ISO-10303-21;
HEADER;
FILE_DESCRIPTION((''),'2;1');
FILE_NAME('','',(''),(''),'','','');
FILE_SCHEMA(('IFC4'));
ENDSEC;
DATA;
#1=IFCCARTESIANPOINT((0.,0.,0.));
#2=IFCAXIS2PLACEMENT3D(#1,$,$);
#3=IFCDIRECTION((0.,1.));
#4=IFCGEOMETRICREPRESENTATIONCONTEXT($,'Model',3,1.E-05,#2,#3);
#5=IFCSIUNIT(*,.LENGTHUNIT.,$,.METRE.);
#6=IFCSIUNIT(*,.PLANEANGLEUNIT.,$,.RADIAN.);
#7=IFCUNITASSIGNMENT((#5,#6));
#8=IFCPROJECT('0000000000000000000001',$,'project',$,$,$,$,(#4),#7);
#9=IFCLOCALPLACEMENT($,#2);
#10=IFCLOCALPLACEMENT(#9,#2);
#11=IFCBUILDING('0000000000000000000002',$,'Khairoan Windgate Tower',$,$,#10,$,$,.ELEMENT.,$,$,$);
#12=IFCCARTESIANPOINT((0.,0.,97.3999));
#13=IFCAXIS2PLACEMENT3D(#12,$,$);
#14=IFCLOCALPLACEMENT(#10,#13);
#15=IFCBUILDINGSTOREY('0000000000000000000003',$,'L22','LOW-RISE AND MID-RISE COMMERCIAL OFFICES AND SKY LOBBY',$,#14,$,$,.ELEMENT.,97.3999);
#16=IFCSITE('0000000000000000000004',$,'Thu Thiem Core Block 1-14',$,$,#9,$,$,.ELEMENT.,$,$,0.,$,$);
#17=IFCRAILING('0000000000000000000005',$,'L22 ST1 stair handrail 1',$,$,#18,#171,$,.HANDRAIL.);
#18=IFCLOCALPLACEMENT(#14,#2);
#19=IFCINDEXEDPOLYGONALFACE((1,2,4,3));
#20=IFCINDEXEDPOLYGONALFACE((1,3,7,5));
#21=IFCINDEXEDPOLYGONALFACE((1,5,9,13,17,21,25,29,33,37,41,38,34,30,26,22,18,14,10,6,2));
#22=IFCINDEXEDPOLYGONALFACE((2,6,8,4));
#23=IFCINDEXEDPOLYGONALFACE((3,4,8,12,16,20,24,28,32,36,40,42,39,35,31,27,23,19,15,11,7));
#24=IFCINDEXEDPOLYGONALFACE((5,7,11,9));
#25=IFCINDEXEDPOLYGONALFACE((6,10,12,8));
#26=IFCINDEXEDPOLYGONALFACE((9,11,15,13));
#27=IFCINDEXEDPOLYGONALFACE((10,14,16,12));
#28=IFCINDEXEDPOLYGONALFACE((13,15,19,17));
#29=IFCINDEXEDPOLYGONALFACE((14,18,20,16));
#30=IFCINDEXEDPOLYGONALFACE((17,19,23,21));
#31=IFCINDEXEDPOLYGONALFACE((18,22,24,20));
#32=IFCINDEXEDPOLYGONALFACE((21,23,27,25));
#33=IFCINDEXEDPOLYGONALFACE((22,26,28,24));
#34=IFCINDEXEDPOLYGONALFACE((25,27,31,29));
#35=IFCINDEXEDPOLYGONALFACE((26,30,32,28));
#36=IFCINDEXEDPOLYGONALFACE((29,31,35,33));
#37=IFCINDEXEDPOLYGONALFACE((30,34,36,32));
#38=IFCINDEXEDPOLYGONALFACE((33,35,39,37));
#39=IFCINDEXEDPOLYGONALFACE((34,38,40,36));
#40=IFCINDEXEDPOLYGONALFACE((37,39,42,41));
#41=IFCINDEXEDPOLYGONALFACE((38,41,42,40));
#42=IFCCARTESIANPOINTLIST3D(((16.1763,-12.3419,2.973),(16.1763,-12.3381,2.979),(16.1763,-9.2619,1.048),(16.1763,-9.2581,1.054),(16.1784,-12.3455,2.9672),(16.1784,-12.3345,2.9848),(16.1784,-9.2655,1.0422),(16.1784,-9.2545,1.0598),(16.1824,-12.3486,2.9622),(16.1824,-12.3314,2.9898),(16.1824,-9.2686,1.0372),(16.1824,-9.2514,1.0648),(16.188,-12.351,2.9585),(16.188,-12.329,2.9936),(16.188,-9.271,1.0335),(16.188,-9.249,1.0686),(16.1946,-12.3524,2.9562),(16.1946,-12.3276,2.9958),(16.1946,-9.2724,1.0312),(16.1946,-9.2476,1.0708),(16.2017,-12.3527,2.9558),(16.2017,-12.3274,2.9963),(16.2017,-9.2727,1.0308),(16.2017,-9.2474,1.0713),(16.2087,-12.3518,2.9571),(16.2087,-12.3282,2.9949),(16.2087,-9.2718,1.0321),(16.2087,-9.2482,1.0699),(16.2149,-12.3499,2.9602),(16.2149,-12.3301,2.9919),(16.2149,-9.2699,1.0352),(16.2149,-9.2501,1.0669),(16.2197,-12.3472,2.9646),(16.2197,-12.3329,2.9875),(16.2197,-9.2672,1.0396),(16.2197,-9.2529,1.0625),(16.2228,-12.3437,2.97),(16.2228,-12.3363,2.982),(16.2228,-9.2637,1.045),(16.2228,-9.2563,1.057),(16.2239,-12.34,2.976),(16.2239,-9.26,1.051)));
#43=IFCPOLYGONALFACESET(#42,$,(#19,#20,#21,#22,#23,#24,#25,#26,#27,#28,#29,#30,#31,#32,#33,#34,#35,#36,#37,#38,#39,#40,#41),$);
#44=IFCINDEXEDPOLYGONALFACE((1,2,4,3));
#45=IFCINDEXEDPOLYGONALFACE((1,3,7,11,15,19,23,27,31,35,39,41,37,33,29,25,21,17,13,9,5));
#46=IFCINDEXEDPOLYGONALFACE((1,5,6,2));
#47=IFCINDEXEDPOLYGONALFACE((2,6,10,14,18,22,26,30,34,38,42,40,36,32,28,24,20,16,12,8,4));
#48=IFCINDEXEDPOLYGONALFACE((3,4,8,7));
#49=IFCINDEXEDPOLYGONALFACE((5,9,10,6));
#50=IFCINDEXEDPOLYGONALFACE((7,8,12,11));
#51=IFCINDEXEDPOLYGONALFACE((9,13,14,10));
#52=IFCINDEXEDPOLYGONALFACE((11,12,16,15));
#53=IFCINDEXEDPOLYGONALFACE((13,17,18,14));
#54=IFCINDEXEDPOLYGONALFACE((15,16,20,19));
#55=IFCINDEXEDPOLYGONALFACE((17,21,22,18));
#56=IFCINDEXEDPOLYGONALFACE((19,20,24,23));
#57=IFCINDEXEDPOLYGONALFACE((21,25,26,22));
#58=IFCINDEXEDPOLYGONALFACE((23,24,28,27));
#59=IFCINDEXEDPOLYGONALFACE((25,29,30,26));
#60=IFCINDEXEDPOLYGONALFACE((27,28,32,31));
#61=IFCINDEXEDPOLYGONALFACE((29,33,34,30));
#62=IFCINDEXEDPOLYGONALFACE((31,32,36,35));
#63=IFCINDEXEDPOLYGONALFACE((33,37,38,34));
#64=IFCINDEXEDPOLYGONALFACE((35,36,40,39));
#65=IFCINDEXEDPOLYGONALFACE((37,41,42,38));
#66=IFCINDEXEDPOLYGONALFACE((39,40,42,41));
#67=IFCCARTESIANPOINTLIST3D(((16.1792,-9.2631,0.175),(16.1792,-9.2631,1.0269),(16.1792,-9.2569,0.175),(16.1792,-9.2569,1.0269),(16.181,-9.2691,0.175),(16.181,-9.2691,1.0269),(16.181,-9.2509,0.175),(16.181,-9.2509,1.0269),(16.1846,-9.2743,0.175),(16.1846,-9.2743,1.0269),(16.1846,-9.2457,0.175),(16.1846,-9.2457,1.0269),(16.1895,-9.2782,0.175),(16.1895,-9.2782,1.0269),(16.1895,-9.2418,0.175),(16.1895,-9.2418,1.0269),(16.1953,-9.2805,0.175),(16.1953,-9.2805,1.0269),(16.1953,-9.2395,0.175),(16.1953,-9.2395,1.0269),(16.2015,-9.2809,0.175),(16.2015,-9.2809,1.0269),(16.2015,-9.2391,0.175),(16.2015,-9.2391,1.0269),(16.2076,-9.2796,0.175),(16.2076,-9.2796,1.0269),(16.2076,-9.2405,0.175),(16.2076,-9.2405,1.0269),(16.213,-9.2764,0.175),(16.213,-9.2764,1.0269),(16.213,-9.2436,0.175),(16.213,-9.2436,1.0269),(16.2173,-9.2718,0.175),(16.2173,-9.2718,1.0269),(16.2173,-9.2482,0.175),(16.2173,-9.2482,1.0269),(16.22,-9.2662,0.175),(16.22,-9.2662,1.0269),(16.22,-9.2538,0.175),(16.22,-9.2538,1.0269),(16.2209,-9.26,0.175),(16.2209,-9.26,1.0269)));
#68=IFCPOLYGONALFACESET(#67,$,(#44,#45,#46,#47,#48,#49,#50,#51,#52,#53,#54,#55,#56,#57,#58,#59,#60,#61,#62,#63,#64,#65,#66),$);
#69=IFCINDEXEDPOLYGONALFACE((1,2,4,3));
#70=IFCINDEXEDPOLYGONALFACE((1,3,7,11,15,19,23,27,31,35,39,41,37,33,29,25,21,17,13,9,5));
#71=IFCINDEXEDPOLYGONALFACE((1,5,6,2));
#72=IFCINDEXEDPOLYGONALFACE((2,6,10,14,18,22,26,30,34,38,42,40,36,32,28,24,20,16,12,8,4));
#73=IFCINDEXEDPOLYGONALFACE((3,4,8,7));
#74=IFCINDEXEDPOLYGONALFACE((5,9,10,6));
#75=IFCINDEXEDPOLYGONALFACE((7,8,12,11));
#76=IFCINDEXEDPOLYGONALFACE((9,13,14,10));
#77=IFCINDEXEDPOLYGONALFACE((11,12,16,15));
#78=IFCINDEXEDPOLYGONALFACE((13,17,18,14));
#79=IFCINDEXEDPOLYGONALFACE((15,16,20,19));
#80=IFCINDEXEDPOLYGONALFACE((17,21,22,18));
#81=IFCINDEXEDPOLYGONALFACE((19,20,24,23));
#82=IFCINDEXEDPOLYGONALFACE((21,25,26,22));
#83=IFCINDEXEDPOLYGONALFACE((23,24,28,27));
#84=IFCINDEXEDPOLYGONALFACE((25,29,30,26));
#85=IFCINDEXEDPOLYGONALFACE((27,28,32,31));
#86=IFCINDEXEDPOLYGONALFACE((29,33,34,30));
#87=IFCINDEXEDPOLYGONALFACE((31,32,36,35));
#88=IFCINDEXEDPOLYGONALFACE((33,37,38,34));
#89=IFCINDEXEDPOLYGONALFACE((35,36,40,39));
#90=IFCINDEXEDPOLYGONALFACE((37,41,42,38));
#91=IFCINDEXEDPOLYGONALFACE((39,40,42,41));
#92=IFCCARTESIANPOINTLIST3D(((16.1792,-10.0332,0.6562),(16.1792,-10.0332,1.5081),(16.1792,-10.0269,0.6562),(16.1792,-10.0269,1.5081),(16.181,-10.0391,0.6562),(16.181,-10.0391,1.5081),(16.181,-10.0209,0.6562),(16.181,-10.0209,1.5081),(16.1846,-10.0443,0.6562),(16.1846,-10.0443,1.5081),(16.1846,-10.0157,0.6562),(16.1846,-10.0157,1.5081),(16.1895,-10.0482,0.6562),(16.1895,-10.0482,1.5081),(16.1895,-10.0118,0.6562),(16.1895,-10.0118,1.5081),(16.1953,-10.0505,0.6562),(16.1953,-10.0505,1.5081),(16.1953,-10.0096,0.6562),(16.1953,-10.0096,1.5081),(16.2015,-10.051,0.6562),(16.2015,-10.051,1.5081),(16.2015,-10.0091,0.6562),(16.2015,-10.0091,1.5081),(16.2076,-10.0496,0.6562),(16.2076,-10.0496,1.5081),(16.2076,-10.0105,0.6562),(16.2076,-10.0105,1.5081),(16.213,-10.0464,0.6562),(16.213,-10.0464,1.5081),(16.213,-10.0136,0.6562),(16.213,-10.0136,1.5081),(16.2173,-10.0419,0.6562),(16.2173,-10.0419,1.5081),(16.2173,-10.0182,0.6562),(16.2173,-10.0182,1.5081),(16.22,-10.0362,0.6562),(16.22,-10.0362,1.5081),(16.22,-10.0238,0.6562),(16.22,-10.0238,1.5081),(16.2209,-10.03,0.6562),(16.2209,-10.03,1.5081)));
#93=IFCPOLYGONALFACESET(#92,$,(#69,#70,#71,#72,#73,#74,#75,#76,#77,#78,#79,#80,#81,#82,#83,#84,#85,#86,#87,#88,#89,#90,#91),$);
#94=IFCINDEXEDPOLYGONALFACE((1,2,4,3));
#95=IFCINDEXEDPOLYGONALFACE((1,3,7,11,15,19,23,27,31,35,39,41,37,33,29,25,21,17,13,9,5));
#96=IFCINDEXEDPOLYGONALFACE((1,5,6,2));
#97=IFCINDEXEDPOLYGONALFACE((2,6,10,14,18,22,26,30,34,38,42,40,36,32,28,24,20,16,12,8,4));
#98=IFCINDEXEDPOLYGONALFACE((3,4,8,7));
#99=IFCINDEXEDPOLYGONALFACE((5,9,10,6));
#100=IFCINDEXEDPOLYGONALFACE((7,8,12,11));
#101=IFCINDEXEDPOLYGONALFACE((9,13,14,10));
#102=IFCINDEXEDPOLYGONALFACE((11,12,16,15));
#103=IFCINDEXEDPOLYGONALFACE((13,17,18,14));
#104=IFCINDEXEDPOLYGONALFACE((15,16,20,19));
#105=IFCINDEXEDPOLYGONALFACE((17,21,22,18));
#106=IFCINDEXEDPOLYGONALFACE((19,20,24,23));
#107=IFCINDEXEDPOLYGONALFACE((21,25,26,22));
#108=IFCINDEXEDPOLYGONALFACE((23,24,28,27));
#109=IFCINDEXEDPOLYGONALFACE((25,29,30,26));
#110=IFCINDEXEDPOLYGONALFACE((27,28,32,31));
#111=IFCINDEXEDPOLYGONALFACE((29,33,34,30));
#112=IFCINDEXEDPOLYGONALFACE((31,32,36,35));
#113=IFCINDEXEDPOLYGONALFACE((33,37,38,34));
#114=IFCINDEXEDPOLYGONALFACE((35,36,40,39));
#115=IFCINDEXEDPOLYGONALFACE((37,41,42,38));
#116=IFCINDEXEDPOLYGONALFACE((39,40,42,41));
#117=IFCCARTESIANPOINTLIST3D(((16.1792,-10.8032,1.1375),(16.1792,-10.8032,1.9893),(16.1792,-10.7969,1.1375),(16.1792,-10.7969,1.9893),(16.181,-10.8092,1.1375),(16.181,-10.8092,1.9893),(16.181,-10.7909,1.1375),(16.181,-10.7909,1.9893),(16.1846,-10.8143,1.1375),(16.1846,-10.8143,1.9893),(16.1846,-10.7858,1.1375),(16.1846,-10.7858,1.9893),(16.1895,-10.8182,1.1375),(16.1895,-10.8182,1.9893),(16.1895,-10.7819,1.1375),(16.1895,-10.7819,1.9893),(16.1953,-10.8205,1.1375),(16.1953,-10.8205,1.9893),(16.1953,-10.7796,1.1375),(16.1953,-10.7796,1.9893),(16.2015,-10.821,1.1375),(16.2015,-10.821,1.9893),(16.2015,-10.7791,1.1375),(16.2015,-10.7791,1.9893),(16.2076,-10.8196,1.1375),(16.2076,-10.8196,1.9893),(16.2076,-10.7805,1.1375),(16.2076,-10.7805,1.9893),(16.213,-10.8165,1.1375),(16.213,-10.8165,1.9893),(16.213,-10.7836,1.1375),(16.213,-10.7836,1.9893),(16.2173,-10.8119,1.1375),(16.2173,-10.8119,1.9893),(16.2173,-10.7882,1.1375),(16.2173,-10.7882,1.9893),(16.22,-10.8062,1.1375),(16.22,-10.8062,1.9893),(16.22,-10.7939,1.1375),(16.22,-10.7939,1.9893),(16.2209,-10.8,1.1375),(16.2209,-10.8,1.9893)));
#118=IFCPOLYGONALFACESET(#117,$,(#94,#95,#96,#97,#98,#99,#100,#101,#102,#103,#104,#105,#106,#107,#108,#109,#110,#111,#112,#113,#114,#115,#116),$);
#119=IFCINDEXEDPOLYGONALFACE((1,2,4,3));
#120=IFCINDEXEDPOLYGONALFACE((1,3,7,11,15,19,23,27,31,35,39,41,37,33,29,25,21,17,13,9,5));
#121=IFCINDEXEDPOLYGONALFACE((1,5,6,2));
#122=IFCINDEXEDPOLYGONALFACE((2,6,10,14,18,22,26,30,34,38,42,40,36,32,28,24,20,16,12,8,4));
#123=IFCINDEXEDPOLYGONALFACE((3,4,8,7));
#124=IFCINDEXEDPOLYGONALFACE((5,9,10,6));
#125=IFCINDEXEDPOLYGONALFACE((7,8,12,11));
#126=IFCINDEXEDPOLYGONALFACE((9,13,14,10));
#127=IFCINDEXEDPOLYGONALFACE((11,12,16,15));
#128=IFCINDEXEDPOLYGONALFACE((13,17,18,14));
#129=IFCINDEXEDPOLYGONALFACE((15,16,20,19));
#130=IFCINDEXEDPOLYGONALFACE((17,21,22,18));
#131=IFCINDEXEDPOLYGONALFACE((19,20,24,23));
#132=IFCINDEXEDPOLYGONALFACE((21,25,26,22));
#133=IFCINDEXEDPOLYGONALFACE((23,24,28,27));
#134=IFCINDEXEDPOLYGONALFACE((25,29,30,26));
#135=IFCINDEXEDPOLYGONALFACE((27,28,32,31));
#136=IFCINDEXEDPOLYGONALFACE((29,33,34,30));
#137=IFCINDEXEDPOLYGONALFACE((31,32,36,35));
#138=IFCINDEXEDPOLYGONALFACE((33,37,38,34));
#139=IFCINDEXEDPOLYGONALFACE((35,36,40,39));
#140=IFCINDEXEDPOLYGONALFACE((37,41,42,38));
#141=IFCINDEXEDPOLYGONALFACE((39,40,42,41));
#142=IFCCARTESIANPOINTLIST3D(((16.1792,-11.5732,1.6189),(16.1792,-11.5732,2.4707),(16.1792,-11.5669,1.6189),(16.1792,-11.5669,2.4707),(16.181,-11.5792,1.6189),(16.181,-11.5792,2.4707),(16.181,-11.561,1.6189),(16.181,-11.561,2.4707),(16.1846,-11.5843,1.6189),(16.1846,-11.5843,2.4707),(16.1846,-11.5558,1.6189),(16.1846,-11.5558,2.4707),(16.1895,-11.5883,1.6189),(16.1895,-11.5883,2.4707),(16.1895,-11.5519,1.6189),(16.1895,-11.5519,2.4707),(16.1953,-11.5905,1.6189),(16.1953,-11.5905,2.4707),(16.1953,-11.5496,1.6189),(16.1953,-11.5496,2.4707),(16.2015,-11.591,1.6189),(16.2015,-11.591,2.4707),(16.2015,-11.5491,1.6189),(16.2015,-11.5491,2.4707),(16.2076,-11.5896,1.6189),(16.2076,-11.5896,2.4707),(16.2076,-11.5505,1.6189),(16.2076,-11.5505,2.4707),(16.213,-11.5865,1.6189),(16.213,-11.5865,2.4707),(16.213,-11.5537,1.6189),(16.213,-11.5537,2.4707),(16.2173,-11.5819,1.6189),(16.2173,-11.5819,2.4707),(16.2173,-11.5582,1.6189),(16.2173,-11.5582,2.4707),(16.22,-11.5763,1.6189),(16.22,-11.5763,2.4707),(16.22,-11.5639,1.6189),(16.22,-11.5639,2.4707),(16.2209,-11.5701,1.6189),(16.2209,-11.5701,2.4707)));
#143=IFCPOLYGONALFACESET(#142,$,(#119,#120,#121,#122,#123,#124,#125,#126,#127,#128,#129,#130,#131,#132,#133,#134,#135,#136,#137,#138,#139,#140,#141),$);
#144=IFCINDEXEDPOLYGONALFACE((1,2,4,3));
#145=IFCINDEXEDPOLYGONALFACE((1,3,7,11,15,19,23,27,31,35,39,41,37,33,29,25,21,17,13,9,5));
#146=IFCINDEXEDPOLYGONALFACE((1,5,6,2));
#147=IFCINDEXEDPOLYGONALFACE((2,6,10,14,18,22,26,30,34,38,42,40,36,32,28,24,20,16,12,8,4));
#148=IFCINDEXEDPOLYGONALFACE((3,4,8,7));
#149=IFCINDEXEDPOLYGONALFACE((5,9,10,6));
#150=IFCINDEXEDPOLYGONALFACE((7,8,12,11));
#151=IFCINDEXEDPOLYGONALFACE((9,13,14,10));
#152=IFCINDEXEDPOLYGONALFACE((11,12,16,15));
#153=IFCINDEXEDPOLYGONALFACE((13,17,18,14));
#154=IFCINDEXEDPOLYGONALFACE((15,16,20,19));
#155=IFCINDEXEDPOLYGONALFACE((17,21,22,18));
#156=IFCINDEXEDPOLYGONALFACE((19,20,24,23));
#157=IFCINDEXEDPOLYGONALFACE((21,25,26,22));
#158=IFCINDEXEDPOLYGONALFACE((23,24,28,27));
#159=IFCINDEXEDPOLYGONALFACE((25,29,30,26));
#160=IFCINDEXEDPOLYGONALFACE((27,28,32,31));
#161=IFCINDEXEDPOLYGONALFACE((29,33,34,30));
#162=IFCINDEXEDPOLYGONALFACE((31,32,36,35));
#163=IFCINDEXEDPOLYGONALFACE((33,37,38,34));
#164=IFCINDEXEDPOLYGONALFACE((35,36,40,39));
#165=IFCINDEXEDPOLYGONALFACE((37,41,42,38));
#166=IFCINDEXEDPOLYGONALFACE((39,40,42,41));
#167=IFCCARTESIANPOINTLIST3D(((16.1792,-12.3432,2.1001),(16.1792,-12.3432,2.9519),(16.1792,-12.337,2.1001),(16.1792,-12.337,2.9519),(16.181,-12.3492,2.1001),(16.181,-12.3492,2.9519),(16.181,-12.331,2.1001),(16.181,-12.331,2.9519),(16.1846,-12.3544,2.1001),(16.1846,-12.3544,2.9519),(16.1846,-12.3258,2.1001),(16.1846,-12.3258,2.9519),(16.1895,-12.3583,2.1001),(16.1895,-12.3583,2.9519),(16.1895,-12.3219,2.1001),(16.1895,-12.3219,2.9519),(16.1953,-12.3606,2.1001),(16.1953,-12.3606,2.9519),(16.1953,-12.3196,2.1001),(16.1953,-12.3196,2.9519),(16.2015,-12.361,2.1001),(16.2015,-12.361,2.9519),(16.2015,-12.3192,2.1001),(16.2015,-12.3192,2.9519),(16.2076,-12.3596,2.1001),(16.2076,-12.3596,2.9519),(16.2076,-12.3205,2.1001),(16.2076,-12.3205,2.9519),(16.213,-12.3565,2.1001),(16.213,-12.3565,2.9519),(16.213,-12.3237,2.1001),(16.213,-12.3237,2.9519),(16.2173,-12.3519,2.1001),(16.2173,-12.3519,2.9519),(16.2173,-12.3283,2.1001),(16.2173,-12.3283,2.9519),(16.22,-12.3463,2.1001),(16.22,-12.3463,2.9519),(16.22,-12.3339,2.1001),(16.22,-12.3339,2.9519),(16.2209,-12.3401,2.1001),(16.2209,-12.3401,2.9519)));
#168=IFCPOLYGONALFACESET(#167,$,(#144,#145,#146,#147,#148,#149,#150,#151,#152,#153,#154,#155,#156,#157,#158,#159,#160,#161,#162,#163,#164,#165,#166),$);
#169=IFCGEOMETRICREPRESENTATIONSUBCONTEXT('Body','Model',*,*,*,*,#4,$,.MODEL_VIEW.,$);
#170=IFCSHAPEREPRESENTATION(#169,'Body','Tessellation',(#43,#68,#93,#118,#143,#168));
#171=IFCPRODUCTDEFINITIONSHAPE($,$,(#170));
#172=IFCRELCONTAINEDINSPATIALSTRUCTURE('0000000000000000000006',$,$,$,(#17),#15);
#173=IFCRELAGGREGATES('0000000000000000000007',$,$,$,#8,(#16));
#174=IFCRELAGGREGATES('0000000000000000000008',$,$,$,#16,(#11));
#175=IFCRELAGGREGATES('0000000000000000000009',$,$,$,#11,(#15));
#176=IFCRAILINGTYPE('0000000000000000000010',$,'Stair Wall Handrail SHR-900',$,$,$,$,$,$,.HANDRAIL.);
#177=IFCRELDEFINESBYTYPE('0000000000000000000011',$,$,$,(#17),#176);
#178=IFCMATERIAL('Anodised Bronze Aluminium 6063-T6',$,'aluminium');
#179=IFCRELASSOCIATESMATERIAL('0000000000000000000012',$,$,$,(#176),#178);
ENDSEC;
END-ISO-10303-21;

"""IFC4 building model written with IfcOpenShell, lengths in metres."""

from ifc_helpers import new_model, si_unit, direction, frame, origin, origin_2d, place, context, subcontext, project, spatial, circle, extrude, material, type_object, element, save


model = new_model("IFC4")

# Units and contexts
model_context = context("Model", 3, precision=1e-05, world=origin(), true_north=direction((0.0, 1.0)))
body_context = subcontext(model_context, "Body", "Model", "MODEL_VIEW")
ifc_project = project(units=[si_unit("LENGTHUNIT", "METRE"), si_unit("PLANEANGLEUNIT", "RADIAN")], contexts=[model_context])

# Site, building, storey
site_placement = place(None, origin())
site = spatial("IfcSite", under=ifc_project, at=site_placement, Name="Thu Thiem Core Block 1-14", CompositionType="ELEMENT", RefElevation=0.0)
building_placement = place(site_placement, origin())
building = spatial("IfcBuilding", under=site, at=building_placement, Name="Khairoan Windgate Tower", CompositionType="ELEMENT")
storey_placement = place(building_placement, frame((0.0, 0.0, 97.3999)))
storey = spatial("IfcBuildingStorey", under=building, at=storey_placement, Name="L22", Description="LOW-RISE AND MID-RISE COMMERCIAL OFFICES AND SKY LOBBY", CompositionType="ELEMENT", Elevation=97.3999)

# Railing
ifc_material_1 = material(Name="Anodised Bronze Aluminium 6063-T6", Category="aluminium")
railing_type_1 = type_object("IfcRailingType", Name="Stair Wall Handrail SHR-900", PredefinedType="HANDRAIL", material=ifc_material_1)
railing_1_placement = place(storey_placement, frame((16.2, -9.26, 0.175)))
element("IfcRailing", 1, at=railing_1_placement, inside=storey, type_object=railing_type_1, Name="L22 ST1 stair handrail 1", PredefinedType="HANDRAIL", context=body_context, shape_type="SweptSolid", body=[
    extrude(circle(Radius=0.0239, at=origin_2d()), frame((0.0, 0.0, 0.876), z_axis=(0.0, -0.847998, 0.529999), x_axis=(1.0, 0.0, 0.0)), (0.0, 0.0, 1.0), 3.6321),
    extrude(circle(Radius=0.021, at=origin_2d()), origin(), (0.0, 0.0, 1.0), 0.8518),
    extrude(circle(Radius=0.021, at=origin_2d()), frame((0.0, -0.77, 0.4812)), (0.0, 0.0, 1.0), 0.8518),
    extrude(circle(Radius=0.021, at=origin_2d()), frame((0.0, -1.54, 0.9624)), (0.0, 0.0, 1.0), 0.8518),
    extrude(circle(Radius=0.021, at=origin_2d()), frame((0.0, -2.3101, 1.4438)), (0.0, 0.0, 1.0), 0.8518),
    extrude(circle(Radius=0.021, at=origin_2d()), frame((0.0, -3.0801, 1.925)), (0.0, 0.0, 1.0), 0.8518),
])

save(model, "model.ifc")
